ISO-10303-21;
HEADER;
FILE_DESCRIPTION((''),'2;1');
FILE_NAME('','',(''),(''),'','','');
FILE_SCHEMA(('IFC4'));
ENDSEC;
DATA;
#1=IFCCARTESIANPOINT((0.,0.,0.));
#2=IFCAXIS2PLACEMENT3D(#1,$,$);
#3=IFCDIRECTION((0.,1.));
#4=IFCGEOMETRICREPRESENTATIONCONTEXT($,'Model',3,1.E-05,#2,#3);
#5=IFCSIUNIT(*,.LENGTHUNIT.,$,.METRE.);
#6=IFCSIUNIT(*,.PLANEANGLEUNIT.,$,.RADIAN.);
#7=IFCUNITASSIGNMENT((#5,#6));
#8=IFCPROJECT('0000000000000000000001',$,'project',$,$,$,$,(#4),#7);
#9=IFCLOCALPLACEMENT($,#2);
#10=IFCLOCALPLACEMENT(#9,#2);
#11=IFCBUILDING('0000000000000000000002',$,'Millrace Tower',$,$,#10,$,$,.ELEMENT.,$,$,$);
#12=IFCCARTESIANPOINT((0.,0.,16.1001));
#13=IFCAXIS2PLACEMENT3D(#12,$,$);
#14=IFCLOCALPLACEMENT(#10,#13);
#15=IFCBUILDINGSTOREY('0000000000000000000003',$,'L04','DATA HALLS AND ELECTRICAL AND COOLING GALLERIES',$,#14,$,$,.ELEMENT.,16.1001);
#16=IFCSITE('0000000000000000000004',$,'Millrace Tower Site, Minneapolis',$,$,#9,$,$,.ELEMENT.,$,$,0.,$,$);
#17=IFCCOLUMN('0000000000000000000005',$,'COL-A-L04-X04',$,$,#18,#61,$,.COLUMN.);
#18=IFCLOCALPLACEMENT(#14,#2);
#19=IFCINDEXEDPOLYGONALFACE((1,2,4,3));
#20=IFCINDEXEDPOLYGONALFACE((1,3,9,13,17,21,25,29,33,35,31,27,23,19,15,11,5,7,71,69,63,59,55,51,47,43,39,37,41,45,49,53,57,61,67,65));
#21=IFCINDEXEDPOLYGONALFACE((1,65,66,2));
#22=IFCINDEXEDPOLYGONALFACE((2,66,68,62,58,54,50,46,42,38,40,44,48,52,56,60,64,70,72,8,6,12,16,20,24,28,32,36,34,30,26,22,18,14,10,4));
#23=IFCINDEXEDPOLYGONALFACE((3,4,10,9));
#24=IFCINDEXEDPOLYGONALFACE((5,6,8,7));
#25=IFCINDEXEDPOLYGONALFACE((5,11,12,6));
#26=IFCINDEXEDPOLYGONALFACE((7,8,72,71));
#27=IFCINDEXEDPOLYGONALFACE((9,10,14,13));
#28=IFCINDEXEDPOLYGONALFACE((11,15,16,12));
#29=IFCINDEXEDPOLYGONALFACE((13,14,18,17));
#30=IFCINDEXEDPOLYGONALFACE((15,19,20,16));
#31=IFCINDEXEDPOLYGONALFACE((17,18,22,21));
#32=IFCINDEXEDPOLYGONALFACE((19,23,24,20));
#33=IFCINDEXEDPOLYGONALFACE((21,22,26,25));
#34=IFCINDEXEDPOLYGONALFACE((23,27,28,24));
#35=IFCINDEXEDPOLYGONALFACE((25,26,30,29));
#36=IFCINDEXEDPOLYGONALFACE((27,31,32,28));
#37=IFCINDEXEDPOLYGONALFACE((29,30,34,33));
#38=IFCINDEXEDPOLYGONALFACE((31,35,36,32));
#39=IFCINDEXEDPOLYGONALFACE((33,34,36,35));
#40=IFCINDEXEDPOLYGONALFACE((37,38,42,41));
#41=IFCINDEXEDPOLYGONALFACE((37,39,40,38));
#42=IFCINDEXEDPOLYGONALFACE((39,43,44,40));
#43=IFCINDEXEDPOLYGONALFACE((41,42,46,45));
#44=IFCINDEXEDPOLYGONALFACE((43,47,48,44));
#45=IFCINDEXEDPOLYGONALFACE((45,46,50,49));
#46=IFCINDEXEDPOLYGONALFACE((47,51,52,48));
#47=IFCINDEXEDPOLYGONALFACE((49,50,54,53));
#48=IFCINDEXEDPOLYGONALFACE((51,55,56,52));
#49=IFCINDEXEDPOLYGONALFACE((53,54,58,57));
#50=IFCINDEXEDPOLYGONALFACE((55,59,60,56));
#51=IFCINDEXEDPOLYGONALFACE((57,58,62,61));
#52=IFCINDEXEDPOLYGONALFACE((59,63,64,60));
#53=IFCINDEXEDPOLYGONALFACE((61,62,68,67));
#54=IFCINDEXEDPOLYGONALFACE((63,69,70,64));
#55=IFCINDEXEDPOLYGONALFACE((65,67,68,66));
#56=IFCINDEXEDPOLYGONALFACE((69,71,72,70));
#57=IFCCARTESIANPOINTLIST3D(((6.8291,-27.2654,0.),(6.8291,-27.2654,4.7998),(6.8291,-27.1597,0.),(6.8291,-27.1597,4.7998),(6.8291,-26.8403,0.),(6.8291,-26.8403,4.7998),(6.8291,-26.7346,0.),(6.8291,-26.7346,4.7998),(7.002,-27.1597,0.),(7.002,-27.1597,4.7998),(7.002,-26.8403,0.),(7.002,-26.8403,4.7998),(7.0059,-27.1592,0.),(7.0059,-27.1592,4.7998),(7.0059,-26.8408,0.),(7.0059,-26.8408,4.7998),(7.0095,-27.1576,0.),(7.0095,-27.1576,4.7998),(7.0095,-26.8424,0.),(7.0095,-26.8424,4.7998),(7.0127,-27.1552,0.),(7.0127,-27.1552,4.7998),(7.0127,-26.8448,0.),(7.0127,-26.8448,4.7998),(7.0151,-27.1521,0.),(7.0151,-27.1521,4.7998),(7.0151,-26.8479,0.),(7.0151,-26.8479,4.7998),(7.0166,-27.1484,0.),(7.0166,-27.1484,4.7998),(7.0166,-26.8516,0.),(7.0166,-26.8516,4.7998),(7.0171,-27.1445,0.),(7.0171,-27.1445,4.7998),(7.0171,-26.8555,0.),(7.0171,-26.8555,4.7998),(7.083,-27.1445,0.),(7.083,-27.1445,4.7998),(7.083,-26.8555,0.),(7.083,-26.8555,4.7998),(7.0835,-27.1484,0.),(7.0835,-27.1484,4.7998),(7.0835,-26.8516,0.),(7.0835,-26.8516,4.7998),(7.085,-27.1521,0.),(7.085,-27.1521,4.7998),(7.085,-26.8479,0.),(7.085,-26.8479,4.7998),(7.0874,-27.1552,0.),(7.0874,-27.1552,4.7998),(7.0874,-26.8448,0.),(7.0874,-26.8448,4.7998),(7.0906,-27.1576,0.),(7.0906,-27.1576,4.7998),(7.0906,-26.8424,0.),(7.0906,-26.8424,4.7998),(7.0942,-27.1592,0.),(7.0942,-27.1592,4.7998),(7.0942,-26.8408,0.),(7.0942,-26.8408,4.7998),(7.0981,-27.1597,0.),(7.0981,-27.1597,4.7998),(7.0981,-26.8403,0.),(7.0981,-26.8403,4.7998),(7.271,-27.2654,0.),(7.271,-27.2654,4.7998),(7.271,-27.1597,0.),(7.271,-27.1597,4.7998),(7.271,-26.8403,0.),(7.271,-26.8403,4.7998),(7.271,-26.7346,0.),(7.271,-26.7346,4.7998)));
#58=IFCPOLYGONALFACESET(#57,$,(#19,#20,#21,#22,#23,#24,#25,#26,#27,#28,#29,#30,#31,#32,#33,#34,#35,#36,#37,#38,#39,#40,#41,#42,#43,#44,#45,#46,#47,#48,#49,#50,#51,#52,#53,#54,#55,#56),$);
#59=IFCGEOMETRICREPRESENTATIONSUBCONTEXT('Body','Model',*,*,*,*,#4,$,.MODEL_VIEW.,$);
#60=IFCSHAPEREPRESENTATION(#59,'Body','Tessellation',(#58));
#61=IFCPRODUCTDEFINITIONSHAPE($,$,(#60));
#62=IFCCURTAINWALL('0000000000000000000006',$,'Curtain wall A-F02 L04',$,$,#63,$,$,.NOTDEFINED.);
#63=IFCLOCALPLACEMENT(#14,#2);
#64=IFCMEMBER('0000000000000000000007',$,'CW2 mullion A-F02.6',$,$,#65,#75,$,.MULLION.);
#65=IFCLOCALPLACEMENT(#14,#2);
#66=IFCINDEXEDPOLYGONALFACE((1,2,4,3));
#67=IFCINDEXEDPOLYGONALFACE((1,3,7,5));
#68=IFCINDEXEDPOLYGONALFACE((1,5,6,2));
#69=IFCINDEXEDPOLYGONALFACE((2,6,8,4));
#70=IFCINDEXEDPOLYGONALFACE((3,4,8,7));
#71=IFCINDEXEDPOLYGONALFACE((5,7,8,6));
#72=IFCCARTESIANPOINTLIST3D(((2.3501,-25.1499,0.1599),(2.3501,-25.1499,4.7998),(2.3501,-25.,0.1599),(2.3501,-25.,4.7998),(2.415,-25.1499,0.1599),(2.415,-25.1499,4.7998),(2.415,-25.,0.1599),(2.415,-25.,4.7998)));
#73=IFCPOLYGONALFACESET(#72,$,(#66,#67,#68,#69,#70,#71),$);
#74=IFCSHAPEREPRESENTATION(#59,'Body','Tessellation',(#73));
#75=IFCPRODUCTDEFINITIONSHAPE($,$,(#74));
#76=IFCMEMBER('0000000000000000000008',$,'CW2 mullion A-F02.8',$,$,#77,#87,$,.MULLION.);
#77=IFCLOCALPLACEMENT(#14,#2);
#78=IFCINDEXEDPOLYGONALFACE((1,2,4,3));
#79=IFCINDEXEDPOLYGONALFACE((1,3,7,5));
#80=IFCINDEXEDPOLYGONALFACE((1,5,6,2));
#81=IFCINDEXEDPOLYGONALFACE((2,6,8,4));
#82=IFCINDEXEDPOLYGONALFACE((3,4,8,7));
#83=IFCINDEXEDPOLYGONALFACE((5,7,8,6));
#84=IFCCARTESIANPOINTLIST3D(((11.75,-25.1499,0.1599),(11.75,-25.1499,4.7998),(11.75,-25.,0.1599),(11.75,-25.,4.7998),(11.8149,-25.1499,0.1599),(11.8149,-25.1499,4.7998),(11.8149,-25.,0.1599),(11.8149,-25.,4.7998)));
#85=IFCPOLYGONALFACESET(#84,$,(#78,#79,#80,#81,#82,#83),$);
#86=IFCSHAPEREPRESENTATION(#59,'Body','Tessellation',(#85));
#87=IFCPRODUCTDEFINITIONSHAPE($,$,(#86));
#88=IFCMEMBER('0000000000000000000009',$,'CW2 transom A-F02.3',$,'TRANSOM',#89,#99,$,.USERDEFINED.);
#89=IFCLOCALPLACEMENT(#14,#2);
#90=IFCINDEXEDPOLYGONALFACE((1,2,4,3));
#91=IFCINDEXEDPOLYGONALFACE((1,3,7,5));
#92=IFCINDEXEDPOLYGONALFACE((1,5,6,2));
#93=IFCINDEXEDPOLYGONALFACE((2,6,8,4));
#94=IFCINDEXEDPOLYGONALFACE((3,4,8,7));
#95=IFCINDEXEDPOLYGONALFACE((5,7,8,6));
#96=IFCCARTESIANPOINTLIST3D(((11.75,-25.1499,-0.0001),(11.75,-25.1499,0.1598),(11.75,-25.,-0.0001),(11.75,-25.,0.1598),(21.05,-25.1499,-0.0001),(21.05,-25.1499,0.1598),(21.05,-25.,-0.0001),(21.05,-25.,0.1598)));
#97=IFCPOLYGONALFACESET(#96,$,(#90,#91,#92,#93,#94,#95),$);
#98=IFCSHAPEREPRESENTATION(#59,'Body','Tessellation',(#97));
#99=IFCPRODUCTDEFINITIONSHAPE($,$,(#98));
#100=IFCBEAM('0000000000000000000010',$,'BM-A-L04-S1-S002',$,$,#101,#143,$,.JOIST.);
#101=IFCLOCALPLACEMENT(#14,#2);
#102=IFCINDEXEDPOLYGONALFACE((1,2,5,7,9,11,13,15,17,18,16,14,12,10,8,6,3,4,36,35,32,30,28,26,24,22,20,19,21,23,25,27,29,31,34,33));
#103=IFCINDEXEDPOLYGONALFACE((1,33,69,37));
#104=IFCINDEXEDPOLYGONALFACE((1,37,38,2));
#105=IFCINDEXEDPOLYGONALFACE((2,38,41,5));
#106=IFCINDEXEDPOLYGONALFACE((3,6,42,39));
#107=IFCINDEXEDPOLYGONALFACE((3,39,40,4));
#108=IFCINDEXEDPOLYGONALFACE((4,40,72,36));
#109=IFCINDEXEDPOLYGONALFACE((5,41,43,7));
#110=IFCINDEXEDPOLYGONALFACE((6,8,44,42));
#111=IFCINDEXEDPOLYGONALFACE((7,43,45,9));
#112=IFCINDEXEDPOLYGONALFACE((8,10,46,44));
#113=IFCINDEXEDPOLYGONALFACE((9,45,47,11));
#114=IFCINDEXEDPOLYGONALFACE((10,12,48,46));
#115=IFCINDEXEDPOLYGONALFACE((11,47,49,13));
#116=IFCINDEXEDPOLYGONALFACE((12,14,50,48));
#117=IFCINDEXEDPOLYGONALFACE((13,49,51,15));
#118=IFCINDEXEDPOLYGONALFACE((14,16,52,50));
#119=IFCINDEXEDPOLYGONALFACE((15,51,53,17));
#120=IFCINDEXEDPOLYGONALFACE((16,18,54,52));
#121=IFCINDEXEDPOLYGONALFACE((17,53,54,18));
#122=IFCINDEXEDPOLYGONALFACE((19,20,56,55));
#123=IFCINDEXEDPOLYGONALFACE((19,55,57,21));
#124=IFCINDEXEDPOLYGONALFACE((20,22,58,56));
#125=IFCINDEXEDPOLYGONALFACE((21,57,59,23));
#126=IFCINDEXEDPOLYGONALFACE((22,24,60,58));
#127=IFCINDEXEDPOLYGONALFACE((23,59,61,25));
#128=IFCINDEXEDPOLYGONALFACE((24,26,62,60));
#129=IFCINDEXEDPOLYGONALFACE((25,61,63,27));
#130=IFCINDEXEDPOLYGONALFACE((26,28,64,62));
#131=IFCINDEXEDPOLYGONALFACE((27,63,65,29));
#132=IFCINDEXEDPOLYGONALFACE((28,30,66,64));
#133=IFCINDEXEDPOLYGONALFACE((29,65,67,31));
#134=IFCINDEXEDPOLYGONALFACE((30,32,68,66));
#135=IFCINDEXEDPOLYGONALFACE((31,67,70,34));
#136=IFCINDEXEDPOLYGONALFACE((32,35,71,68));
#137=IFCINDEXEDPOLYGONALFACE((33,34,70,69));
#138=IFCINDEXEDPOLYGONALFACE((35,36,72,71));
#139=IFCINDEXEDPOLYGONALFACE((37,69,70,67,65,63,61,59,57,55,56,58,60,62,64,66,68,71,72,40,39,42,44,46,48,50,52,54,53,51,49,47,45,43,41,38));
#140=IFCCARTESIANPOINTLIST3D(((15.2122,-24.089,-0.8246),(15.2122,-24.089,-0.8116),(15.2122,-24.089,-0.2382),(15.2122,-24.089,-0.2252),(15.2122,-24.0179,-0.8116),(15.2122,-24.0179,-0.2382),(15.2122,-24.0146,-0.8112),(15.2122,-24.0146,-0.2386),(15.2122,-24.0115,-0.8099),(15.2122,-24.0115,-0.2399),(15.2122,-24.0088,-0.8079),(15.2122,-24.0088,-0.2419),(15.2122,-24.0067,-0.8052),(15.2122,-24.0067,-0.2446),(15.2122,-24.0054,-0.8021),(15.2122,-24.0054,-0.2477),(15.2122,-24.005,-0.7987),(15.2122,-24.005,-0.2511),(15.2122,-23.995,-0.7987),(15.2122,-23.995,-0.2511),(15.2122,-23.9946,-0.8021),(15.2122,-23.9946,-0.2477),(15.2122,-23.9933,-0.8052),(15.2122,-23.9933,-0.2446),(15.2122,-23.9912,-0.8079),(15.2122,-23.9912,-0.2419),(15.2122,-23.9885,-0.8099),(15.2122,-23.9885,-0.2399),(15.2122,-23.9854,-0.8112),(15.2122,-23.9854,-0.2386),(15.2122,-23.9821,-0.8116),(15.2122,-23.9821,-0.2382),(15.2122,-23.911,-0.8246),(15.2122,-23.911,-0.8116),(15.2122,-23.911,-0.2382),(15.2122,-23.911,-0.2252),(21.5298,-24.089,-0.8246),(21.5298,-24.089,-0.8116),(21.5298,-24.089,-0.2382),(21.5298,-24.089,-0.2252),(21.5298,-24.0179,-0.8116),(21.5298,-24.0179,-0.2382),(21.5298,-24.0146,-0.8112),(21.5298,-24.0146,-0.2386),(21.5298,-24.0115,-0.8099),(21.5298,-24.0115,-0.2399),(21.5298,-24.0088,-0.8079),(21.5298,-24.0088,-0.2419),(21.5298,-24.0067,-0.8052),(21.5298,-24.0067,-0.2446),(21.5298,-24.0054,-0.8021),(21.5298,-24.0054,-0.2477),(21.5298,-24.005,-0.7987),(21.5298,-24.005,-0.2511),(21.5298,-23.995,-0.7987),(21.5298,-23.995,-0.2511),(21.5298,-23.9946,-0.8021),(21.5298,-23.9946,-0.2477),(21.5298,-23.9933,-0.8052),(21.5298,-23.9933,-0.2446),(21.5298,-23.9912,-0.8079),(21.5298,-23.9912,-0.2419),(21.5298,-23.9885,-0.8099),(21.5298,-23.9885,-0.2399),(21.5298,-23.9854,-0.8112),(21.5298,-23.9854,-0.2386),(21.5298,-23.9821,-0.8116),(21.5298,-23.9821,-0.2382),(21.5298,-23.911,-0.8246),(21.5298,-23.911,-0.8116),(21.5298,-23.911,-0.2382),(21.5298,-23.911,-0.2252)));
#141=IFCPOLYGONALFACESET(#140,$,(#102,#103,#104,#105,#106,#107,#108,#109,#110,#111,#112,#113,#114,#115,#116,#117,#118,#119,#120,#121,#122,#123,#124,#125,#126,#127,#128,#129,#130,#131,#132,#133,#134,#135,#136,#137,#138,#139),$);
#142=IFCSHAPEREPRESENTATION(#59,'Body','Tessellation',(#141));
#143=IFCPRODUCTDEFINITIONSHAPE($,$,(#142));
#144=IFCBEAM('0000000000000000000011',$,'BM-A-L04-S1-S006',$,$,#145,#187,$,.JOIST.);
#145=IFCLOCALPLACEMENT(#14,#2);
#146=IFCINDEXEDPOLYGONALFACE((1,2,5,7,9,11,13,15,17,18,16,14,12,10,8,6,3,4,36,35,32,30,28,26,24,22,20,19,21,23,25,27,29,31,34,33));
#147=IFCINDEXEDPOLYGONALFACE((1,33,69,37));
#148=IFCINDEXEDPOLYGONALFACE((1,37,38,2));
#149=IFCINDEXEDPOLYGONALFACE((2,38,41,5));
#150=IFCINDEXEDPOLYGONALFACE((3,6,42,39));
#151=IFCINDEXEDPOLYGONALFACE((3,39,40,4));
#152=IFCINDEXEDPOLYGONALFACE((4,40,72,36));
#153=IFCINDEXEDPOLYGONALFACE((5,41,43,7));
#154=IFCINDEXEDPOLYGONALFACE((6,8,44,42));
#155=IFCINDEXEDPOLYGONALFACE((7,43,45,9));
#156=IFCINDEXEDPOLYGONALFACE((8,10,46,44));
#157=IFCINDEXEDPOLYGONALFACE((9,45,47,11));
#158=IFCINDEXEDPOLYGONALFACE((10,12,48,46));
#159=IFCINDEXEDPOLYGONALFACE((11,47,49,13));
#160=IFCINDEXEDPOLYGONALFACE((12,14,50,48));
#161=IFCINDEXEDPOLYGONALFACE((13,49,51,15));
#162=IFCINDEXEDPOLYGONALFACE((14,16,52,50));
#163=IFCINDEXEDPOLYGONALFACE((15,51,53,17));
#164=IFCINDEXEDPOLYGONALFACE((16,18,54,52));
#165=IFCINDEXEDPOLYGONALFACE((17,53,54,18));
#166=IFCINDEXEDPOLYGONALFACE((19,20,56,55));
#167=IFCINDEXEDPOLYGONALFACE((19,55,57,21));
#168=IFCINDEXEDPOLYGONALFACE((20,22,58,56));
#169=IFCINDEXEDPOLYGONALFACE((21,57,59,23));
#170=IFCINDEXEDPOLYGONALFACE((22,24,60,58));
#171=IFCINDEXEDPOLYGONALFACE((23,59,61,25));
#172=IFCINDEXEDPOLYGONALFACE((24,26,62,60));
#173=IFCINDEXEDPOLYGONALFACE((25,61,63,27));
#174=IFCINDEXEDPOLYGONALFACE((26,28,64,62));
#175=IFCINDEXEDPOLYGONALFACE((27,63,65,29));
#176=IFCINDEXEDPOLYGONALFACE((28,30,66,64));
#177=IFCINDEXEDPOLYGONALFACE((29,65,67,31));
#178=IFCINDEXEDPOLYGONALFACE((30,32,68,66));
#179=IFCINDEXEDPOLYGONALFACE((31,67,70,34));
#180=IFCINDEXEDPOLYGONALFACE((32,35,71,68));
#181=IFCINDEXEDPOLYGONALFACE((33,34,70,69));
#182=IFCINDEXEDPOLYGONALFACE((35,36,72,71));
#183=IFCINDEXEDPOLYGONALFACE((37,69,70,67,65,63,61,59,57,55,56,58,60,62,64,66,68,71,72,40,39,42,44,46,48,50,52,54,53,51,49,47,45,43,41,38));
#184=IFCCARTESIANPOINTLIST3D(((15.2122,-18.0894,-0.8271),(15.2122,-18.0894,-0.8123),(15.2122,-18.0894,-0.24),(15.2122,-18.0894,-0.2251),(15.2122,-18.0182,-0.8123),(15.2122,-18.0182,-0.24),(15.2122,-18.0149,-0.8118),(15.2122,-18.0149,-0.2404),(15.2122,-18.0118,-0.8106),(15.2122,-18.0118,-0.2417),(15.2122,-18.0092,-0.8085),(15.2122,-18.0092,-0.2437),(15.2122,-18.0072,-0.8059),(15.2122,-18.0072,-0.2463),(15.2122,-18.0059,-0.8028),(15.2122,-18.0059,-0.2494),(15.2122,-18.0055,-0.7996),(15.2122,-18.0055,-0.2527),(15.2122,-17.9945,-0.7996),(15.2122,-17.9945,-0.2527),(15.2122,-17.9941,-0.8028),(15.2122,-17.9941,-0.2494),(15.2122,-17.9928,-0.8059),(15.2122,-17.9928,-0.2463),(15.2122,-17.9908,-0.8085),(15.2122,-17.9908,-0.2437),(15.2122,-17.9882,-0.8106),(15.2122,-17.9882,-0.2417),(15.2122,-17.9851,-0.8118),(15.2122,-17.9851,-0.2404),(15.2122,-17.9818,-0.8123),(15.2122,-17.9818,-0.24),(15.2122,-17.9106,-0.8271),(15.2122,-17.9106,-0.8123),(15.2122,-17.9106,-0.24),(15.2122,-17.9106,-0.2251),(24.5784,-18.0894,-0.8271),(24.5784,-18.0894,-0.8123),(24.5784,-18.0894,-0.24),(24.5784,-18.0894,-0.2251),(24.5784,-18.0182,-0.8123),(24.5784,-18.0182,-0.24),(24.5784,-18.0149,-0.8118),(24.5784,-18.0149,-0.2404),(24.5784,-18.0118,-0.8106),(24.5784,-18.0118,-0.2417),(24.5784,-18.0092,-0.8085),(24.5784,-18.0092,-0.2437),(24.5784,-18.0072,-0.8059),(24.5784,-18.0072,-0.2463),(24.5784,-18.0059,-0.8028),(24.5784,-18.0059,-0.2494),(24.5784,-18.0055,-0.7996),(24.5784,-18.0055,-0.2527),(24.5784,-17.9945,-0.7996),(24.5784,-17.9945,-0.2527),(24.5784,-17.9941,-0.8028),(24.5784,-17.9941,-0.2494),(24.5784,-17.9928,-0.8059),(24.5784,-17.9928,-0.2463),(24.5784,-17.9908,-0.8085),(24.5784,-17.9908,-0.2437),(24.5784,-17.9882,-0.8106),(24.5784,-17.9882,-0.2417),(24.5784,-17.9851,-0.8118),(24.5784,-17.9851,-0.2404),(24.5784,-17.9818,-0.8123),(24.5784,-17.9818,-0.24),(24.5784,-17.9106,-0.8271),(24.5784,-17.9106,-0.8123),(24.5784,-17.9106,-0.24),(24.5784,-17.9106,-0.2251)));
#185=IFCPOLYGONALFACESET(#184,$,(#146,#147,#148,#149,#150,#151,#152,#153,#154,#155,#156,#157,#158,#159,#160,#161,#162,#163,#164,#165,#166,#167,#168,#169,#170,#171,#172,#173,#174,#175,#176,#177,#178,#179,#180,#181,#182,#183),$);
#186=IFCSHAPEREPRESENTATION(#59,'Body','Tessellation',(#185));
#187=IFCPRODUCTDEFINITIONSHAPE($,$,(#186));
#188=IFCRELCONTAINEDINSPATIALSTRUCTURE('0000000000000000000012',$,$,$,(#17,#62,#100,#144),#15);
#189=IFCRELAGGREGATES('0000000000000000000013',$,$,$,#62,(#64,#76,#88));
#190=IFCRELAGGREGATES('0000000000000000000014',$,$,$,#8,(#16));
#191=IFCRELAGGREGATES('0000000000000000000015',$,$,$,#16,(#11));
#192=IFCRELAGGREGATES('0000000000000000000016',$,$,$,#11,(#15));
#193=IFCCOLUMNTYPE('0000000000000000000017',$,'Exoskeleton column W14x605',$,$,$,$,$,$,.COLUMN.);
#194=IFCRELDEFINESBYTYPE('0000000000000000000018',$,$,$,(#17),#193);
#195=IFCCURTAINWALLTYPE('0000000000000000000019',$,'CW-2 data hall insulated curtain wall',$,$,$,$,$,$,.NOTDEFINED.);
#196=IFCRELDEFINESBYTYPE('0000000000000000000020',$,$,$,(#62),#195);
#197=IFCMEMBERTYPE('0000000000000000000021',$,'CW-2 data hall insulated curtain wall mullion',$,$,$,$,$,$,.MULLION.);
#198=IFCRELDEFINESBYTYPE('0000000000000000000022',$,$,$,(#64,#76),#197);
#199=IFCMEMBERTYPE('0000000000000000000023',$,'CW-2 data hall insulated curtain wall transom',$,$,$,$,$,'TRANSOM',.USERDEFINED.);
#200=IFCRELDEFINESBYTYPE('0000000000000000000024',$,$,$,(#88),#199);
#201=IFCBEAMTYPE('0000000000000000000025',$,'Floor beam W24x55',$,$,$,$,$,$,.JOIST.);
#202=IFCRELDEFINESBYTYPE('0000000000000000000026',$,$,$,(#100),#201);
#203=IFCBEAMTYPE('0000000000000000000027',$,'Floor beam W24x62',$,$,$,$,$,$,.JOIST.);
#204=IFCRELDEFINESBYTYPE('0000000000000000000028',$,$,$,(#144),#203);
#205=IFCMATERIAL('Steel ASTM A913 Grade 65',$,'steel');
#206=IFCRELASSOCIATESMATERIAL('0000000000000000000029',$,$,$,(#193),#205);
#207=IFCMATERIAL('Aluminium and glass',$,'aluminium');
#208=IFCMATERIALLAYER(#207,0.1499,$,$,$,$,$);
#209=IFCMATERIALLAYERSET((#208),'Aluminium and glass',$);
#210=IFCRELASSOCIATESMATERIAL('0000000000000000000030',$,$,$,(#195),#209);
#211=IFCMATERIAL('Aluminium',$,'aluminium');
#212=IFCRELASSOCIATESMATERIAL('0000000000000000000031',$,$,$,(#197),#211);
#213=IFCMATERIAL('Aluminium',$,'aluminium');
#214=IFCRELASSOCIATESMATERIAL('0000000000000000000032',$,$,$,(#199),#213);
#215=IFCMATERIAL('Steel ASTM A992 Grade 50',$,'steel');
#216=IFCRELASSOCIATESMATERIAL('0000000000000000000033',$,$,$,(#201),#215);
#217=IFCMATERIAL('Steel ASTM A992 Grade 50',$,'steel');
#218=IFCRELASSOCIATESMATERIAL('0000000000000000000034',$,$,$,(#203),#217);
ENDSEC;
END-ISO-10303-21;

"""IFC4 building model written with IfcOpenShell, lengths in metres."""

from ifc_helpers import new_model, si_unit, direction, frame, origin, origin_2d, place, context, subcontext, project, spatial, rectangle, i_section, extrude, material, layer, layer_set, material_profile, profile_set, type_object, element, aggregate, save


model = new_model("IFC4")

# Units and contexts
model_context = context("Model", 3, precision=1e-05, world=origin(), true_north=direction((0.0, 1.0)))
body_context = subcontext(model_context, "Body", "Model", "MODEL_VIEW")
ifc_project = project(units=[si_unit("LENGTHUNIT", "METRE"), si_unit("PLANEANGLEUNIT", "RADIAN")], contexts=[model_context])

# Site, building, storey
site_placement = place(None, origin())
site = spatial("IfcSite", under=ifc_project, at=site_placement, Name="Millrace Tower Site, Minneapolis", CompositionType="ELEMENT", RefElevation=0.0)
building_placement = place(site_placement, origin())
building = spatial("IfcBuilding", under=site, at=building_placement, Name="Millrace Tower", CompositionType="ELEMENT")
storey_placement = place(building_placement, frame((0.0, 0.0, 16.1001)))
storey = spatial("IfcBuildingStorey", under=building, at=storey_placement, Name="L04", Description="DATA HALLS AND ELECTRICAL AND COOLING GALLERIES", CompositionType="ELEMENT", Elevation=16.1001)

# Column
ifc_material_1 = material(Name="Steel ASTM A913 Grade 65", Category="steel")
ifc_material_profile_1 = material_profile(ifc_material_1, i_section(OverallWidth=0.4419, OverallDepth=0.5308, WebThickness=0.0659, FlangeThickness=0.1057, FilletRadius=0.0151, at=origin_2d()))
ifc_profile_set_1 = profile_set([ifc_material_profile_1], Name="Steel ASTM A913 Grade 65")
column_type = type_object("IfcColumnType", Name="Exoskeleton column W14x605", PredefinedType="COLUMN", material=ifc_profile_set_1)
column_placement = place(storey_placement, frame((7.05, -27.0, 0.0), z_axis=(0.0, 0.0, 1.0), x_axis=(1.0, 0.0, 0.0)))
element("IfcColumn", 1, at=column_placement, inside=storey, type_object=column_type, Name="COL-A-L04-X04", PredefinedType="COLUMN", context=body_context, shape_type="SweptSolid", body=[
    extrude(i_section(OverallWidth=0.4419, OverallDepth=0.5308, WebThickness=0.0659, FlangeThickness=0.1057, FilletRadius=0.0151, at=origin_2d()), origin(), (0.0, 0.0, 1.0), 4.7998),
])

# Curtain wall, members
ifc_material_2 = material(Name="Aluminium and glass", Category="aluminium")
ifc_layer_1 = layer(ifc_material_2, 0.1499)
ifc_layer_set_1 = layer_set([ifc_layer_1], Name="Aluminium and glass")
curtain_wall_type = type_object("IfcCurtainWallType", Name="CW-2 data hall insulated curtain wall", PredefinedType="NOTDEFINED", material=ifc_layer_set_1)
curtain_wall_placement = place(storey_placement, origin())
curtain_wall = element("IfcCurtainWall", 2, at=curtain_wall_placement, inside=storey, type_object=curtain_wall_type, Name="Curtain wall A-F02 L04", PredefinedType="NOTDEFINED")
ifc_material_3 = material(Name="Aluminium", Category="aluminium")
ifc_material_profile_2 = material_profile(ifc_material_3, rectangle(XDim=0.0649, YDim=0.1499, at=origin_2d()))
ifc_profile_set_2 = profile_set([ifc_material_profile_2], Name="Aluminium")
member_type_1 = type_object("IfcMemberType", Name="CW-2 data hall insulated curtain wall mullion", PredefinedType="MULLION", material=ifc_profile_set_2)
member_1_placement = place(storey_placement, frame((2.3826, -25.075, 0.1599), z_axis=(0.0, 0.0, 1.0), x_axis=(1.0, 0.0, 0.0)))
member_1 = element("IfcMember", 3, at=member_1_placement, type_object=member_type_1, Name="CW2 mullion A-F02.6", PredefinedType="MULLION", context=body_context, shape_type="SweptSolid", body=[
    extrude(rectangle(XDim=0.0649, YDim=0.1499, at=origin_2d()), origin(), (0.0, 0.0, 1.0), 4.6399),
])
member_2_placement = place(storey_placement, frame((11.7825, -25.075, 0.1599), z_axis=(0.0, 0.0, 1.0), x_axis=(1.0, 0.0, 0.0)))
member_2 = element("IfcMember", 4, at=member_2_placement, type_object=member_type_1, Name="CW2 mullion A-F02.8", PredefinedType="MULLION", context=body_context, shape_type="SweptSolid", body=[
    extrude(rectangle(XDim=0.0649, YDim=0.1499, at=origin_2d()), origin(), (0.0, 0.0, 1.0), 4.6399),
])
ifc_material_4 = material(Name="Aluminium", Category="aluminium")
ifc_material_profile_3 = material_profile(ifc_material_4, rectangle(XDim=0.1499, YDim=0.1599, at=origin_2d()))
ifc_profile_set_3 = profile_set([ifc_material_profile_3], Name="Aluminium")
member_type_2 = type_object("IfcMemberType", Name="CW-2 data hall insulated curtain wall transom", ElementType="TRANSOM", PredefinedType="USERDEFINED", material=ifc_profile_set_3)
member_3_placement = place(storey_placement, frame((11.75, -25.075, 0.0798), z_axis=(1.0, 0.0, 0.0), x_axis=(0.0, 1.0, 0.0)))
member_3 = element("IfcMember", 5, at=member_3_placement, type_object=member_type_2, Name="CW2 transom A-F02.3", ObjectType="TRANSOM", PredefinedType="USERDEFINED", context=body_context, shape_type="SweptSolid", body=[
    extrude(rectangle(XDim=0.1499, YDim=0.1599, at=origin_2d()), origin(), (0.0, 0.0, 1.0), 9.3),
])
aggregate(curtain_wall, [member_1, member_2, member_3])

# Beams
ifc_material_5 = material(Name="Steel ASTM A992 Grade 50", Category="steel")
ifc_material_profile_4 = material_profile(ifc_material_5, i_section(OverallWidth=0.178, OverallDepth=0.5994, WebThickness=0.01, FlangeThickness=0.0129, FilletRadius=0.0129, at=origin_2d()))
ifc_profile_set_4 = profile_set([ifc_material_profile_4], Name="Steel ASTM A992 Grade 50")
beam_type_1 = type_object("IfcBeamType", Name="Floor beam W24x55", PredefinedType="JOIST", material=ifc_profile_set_4)
beam_1_placement = place(storey_placement, frame((15.2122, -24.0, -0.5249), z_axis=(1.0, 0.0, 0.0), x_axis=(0.0, 1.0, 0.0)))
element("IfcBeam", 6, at=beam_1_placement, inside=storey, type_object=beam_type_1, Name="BM-A-L04-S1-S002", PredefinedType="JOIST", context=body_context, shape_type="SweptSolid", body=[
    extrude(i_section(OverallWidth=0.178, OverallDepth=0.5994, WebThickness=0.01, FlangeThickness=0.0129, FilletRadius=0.0129, at=origin_2d()), origin(), (0.0, 0.0, 1.0), 6.3176),
])
ifc_material_6 = material(Name="Steel ASTM A992 Grade 50", Category="steel")
ifc_material_profile_5 = material_profile(ifc_material_6, i_section(OverallWidth=0.1787, OverallDepth=0.6021, WebThickness=0.011, FlangeThickness=0.0149, FilletRadius=0.0127, at=origin_2d()))
ifc_profile_set_5 = profile_set([ifc_material_profile_5], Name="Steel ASTM A992 Grade 50")
beam_type_2 = type_object("IfcBeamType", Name="Floor beam W24x62", PredefinedType="JOIST", material=ifc_profile_set_5)
for number, where, z_axis, x_axis, name in (
    (7, (15.2122, -18.0, -0.5261), (1.0, 0.0, 0.0), (0.0, 1.0, 0.0), "BM-A-L04-S1-S006"),
):
    element("IfcBeam", number, at=place(storey_placement, frame(where, z_axis=z_axis, x_axis=x_axis)), inside=storey, type_object=beam_type_2, Name=name, PredefinedType="JOIST", context=body_context, shape_type="SweptSolid", body=[
        extrude(i_section(OverallWidth=0.1787, OverallDepth=0.6021, WebThickness=0.011, FlangeThickness=0.0149, FilletRadius=0.0127, at=origin_2d()), origin(), (0.0, 0.0, 1.0), 9.3662),
    ])

save(model, "model.ifc")
